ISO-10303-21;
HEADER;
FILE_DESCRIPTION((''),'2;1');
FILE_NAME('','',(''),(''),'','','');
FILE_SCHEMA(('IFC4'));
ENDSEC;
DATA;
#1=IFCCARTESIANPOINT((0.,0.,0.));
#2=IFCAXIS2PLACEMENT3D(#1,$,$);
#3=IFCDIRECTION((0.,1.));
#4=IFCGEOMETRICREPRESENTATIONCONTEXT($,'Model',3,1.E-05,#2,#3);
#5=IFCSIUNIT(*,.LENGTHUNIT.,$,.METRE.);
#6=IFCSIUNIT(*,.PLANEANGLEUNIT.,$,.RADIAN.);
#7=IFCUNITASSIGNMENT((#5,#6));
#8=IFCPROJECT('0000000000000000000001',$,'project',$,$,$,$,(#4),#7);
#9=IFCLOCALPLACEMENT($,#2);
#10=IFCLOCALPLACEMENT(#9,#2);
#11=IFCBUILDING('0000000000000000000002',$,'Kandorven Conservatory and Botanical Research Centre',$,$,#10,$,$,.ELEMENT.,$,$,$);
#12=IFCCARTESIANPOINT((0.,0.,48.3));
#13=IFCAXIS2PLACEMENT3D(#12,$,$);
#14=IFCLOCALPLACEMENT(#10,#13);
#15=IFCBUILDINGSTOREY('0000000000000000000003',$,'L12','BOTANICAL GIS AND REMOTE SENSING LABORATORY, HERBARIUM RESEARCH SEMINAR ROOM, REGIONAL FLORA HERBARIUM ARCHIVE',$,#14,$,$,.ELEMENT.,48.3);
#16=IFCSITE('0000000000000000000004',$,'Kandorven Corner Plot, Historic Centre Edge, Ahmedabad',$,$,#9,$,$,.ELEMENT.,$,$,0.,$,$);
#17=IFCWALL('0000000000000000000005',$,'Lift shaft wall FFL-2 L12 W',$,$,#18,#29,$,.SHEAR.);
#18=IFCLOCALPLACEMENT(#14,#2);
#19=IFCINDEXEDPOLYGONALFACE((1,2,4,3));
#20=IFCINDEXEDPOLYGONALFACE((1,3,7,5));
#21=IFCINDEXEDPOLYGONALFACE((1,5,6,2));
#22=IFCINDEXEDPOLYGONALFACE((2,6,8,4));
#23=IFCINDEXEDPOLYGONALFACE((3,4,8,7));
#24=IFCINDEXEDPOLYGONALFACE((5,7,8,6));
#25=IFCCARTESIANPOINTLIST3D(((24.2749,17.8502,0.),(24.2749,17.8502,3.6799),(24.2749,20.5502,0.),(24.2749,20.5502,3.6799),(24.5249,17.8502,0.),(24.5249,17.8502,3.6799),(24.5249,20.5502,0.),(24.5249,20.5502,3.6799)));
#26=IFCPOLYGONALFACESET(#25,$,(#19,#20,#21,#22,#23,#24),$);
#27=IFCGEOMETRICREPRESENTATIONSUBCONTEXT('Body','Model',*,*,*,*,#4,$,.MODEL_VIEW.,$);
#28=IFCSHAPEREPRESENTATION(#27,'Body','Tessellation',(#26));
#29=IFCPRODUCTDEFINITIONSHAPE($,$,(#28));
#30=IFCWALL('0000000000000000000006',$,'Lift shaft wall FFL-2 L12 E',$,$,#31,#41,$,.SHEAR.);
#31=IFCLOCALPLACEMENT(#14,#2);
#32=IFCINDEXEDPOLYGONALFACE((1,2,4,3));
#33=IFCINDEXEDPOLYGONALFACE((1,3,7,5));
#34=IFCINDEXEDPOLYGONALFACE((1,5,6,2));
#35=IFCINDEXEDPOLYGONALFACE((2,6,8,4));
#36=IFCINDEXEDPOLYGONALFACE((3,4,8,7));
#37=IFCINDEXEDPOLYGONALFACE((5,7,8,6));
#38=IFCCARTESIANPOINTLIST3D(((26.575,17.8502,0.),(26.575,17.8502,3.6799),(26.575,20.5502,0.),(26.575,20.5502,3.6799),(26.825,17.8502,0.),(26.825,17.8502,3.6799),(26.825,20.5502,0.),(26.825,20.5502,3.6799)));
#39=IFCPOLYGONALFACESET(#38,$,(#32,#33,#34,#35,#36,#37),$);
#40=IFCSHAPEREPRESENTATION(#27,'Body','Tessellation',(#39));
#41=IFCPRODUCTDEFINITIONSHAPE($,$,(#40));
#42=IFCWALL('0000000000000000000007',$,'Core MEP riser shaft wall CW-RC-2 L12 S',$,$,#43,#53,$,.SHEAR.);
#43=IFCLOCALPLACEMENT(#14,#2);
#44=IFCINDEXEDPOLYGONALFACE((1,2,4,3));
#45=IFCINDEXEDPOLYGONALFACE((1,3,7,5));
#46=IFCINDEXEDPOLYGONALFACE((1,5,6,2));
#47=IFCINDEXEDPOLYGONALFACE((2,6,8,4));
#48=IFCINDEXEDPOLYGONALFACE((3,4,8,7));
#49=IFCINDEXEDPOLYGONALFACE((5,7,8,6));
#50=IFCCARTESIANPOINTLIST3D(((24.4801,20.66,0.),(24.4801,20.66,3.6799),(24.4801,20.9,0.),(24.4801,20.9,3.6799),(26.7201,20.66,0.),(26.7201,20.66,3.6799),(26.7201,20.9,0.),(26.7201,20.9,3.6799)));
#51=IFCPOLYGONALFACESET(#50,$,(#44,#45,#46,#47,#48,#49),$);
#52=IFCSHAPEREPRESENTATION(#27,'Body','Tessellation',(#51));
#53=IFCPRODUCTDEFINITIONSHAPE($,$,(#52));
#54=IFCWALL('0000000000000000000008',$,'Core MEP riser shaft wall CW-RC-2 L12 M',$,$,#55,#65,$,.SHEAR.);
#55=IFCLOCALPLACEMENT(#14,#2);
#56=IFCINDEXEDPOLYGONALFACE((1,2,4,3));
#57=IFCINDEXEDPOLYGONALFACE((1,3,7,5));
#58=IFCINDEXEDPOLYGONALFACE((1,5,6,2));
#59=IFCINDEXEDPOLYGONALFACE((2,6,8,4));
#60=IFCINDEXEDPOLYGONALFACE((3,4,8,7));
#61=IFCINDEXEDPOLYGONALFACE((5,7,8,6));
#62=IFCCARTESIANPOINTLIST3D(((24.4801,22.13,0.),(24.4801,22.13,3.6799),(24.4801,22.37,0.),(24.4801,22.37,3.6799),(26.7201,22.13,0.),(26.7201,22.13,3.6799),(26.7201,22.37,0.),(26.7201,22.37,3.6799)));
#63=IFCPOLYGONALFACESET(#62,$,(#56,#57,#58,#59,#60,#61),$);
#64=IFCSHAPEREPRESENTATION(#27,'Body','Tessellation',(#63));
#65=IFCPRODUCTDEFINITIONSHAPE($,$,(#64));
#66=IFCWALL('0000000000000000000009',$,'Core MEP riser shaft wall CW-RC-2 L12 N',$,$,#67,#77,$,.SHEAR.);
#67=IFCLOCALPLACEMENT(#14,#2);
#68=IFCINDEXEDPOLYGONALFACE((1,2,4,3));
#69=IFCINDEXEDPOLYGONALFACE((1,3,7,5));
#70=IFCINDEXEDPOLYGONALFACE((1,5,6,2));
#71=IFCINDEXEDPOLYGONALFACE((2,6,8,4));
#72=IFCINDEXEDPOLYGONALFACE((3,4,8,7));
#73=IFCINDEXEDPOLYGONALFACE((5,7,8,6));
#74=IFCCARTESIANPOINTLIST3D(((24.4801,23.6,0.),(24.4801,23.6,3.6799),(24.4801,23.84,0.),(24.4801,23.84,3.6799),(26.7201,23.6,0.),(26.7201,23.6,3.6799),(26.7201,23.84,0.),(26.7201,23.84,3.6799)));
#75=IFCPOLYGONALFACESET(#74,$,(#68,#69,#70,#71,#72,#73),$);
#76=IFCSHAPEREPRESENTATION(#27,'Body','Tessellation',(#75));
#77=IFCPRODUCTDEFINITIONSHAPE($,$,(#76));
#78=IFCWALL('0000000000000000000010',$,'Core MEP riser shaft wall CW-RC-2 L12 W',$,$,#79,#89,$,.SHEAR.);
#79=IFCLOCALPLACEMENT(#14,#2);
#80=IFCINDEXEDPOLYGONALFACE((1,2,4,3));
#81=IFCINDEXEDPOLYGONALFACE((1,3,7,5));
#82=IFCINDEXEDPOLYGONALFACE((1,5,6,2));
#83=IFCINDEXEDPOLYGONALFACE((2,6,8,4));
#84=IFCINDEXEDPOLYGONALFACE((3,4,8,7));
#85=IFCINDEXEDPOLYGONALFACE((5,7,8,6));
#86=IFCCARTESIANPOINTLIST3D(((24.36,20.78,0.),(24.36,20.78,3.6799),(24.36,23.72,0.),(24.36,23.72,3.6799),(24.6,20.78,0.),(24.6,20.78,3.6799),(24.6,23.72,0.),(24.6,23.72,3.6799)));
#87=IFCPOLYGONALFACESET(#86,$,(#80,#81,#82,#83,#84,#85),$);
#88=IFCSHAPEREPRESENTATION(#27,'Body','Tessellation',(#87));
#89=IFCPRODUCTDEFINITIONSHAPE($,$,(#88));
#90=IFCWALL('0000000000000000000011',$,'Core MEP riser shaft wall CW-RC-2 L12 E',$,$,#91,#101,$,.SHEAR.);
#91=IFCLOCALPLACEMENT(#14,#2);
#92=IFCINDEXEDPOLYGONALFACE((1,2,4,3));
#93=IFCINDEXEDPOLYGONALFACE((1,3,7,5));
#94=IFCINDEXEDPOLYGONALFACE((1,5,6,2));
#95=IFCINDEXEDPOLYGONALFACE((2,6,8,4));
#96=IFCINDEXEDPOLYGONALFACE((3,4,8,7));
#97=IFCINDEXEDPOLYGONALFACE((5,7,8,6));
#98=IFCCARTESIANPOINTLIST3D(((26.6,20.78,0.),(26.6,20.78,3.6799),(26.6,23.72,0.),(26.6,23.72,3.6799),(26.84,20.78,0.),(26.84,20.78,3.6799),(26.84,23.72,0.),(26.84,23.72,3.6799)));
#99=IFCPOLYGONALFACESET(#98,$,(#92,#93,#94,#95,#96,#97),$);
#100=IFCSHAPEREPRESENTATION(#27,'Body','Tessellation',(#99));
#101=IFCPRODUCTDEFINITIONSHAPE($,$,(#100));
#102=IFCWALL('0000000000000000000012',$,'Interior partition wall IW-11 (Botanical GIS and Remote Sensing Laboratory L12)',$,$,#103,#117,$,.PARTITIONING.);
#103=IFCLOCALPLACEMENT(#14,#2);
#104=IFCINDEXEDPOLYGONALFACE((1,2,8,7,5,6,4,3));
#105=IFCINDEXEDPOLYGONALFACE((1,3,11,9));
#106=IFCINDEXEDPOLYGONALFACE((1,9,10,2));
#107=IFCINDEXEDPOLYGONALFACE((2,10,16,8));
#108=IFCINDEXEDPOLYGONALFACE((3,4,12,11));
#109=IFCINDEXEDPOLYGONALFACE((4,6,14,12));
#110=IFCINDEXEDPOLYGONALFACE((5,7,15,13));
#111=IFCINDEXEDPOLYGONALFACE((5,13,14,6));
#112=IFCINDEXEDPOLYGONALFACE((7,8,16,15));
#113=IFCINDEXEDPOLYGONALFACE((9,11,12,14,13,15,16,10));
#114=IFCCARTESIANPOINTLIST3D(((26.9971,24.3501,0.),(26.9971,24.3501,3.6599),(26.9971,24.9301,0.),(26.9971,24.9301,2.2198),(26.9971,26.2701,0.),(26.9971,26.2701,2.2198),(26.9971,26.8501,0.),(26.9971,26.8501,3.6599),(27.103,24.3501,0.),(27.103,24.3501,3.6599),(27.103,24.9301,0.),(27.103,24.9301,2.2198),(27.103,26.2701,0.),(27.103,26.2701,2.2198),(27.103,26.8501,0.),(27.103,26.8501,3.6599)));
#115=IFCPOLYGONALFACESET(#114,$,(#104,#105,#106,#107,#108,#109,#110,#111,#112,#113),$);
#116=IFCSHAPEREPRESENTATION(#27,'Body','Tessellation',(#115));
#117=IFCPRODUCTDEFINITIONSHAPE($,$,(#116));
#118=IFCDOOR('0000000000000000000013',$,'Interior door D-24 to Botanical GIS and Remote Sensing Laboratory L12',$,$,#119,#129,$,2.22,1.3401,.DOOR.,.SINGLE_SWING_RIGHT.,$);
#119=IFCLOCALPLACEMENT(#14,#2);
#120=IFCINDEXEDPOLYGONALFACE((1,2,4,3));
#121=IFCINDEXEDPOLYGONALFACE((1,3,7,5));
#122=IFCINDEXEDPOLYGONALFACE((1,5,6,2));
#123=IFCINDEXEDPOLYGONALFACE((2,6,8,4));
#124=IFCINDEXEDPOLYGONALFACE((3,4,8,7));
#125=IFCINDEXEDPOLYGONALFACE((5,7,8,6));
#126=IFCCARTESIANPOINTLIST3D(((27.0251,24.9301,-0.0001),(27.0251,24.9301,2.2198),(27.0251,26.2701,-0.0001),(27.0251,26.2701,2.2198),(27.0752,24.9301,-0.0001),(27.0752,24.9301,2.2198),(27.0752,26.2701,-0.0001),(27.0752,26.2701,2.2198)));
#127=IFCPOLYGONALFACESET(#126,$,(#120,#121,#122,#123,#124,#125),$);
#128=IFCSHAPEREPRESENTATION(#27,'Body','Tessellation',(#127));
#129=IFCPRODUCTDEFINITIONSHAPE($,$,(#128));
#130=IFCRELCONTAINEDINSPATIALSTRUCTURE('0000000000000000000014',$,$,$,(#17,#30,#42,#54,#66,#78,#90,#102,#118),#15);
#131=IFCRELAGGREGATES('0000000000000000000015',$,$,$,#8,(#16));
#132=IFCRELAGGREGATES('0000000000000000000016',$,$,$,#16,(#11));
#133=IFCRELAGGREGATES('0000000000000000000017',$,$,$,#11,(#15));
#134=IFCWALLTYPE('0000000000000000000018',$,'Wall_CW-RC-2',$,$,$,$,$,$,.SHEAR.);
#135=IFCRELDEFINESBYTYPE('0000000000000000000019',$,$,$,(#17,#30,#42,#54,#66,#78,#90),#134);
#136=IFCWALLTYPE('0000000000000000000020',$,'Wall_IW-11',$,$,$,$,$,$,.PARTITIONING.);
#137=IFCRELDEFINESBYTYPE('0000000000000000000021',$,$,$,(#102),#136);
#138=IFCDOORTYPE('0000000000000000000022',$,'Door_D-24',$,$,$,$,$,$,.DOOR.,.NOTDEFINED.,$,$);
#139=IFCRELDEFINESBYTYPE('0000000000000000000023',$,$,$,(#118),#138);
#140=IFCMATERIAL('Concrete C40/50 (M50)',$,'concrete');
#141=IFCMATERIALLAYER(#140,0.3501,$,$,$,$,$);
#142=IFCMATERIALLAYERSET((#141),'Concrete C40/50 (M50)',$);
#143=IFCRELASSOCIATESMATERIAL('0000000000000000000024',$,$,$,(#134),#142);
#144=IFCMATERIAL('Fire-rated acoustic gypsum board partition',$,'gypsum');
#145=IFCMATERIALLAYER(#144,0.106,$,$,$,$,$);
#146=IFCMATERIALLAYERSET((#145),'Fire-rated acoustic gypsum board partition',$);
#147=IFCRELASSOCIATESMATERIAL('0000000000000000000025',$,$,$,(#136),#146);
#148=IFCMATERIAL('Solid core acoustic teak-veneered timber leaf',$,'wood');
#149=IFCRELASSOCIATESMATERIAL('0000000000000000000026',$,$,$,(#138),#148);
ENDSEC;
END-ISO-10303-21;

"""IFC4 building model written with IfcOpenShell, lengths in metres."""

from ifc_helpers import new_model, si_unit, direction, frame, frame_2d, origin, place, context, subcontext, project, spatial, rectangle, extrude, material, layer, layer_set, type_object, element, fill, save


model = new_model("IFC4")

# Units and contexts
model_context = context("Model", 3, precision=1e-05, world=origin(), true_north=direction((0.0, 1.0)))
body_context = subcontext(model_context, "Body", "Model", "MODEL_VIEW")
ifc_project = project(units=[si_unit("LENGTHUNIT", "METRE"), si_unit("PLANEANGLEUNIT", "RADIAN")], contexts=[model_context])

# Site, building, storey
site_placement = place(None, origin())
site = spatial("IfcSite", under=ifc_project, at=site_placement, Name="Kandorven Corner Plot, Historic Centre Edge, Ahmedabad", CompositionType="ELEMENT", RefElevation=0.0)
building_placement = place(site_placement, origin())
building = spatial("IfcBuilding", under=site, at=building_placement, Name="Kandorven Conservatory and Botanical Research Centre", CompositionType="ELEMENT")
storey_placement = place(building_placement, frame((0.0, 0.0, 48.3)))
storey = spatial("IfcBuildingStorey", under=building, at=storey_placement, Name="L12", Description="BOTANICAL GIS AND REMOTE SENSING LABORATORY, HERBARIUM RESEARCH SEMINAR ROOM, REGIONAL FLORA HERBARIUM ARCHIVE", CompositionType="ELEMENT", Elevation=48.3)

# Shared definitions
ifc_material_1 = material(Name="Concrete C40/50 (M50)", Category="concrete")
ifc_layer_1 = layer(ifc_material_1, 0.3501)
ifc_layer_set_1 = layer_set([ifc_layer_1], Name="Concrete C40/50 (M50)")
wall_type_1 = type_object("IfcWallType", Name="Wall_CW-RC-2", PredefinedType="SHEAR", material=ifc_layer_set_1)

# Walls
for number, where, z_axis, x_axis, name in (
    (1, (24.3999, 17.8501, 0.0), (0.0, 0.0, 1.0), (0.0, 1.0, 0.0), "Lift shaft wall FFL-2 L12 W"),
    (2, (26.7, 17.8501, 0.0), (0.0, 0.0, 1.0), (0.0, 1.0, 0.0), "Lift shaft wall FFL-2 L12 E"),
):
    element("IfcWall", number, at=place(storey_placement, frame(where, z_axis=z_axis, x_axis=x_axis)), inside=storey, type_object=wall_type_1, Name=name, PredefinedType="SHEAR", context=body_context, shape_type="SweptSolid", body=[
        extrude(rectangle(XDim=2.7, YDim=0.25, at=frame_2d((1.3501, 0.0))), origin(), (0.0, 0.0, 1.0), 3.6799),
    ])
for number, where, z_axis, x_axis, name in (
    (3, (24.48, 20.78, 0.0), (0.0, 0.0, 1.0), (1.0, 0.0, 0.0), "Core MEP riser shaft wall CW-RC-2 L12 S"),
    (4, (24.48, 22.25, 0.0), (0.0, 0.0, 1.0), (1.0, 0.0, 0.0), "Core MEP riser shaft wall CW-RC-2 L12 M"),
    (5, (24.48, 23.72, 0.0), (0.0, 0.0, 1.0), (1.0, 0.0, 0.0), "Core MEP riser shaft wall CW-RC-2 L12 N"),
):
    element("IfcWall", number, at=place(storey_placement, frame(where, z_axis=z_axis, x_axis=x_axis)), inside=storey, type_object=wall_type_1, Name=name, PredefinedType="SHEAR", context=body_context, shape_type="SweptSolid", body=[
        extrude(rectangle(XDim=2.24, YDim=0.24, at=frame_2d((1.1201, 0.0))), origin(), (0.0, 0.0, 1.0), 3.6799),
    ])
for number, where, z_axis, x_axis, name in (
    (6, (24.48, 20.78, 0.0), (0.0, 0.0, 1.0), (0.0, 1.0, 0.0), "Core MEP riser shaft wall CW-RC-2 L12 W"),
    (7, (26.72, 20.78, 0.0), (0.0, 0.0, 1.0), (0.0, 1.0, 0.0), "Core MEP riser shaft wall CW-RC-2 L12 E"),
):
    element("IfcWall", number, at=place(storey_placement, frame(where, z_axis=z_axis, x_axis=x_axis)), inside=storey, type_object=wall_type_1, Name=name, PredefinedType="SHEAR", context=body_context, shape_type="SweptSolid", body=[
        extrude(rectangle(XDim=2.9399, YDim=0.24, at=frame_2d((1.47, 0.0))), origin(), (0.0, 0.0, 1.0), 3.6799),
    ])

# Wall, opening, door
ifc_material_2 = material(Name="Fire-rated acoustic gypsum board partition", Category="gypsum")
ifc_layer_2 = layer(ifc_material_2, 0.106)
ifc_layer_set_2 = layer_set([ifc_layer_2], Name="Fire-rated acoustic gypsum board partition")
wall_type_2 = type_object("IfcWallType", Name="Wall_IW-11", PredefinedType="PARTITIONING", material=ifc_layer_set_2)
wall_1_placement = place(storey_placement, frame((27.05, 24.3501, 0.0), z_axis=(0.0, 0.0, 1.0), x_axis=(0.0, 1.0, 0.0)))
wall_1 = element("IfcWall", 8, at=wall_1_placement, inside=storey, type_object=wall_type_2, Name="Interior partition wall IW-11 (Botanical GIS and Remote Sensing Laboratory L12)", PredefinedType="PARTITIONING", context=body_context, shape_type="SweptSolid", body=[
    extrude(rectangle(XDim=2.5, YDim=0.106, at=frame_2d((1.25, 0.0))), origin(), (0.0, 0.0, 1.0), 3.6599),
])
opening_1_placement = place(wall_1_placement, frame((0.5801, 0.0, 0.0)))
opening_1 = element("IfcOpeningElement", 9, at=opening_1_placement, cuts=wall_1, PredefinedType="OPENING", context=body_context, shape_type="SweptSolid", body=[
    extrude(rectangle(XDim=1.3401, YDim=2.22, at=frame_2d((0.6699, 1.1099))), frame((0.0, 0.063, 0.0), z_axis=(0.0, -1.0, 0.0), x_axis=(1.0, 0.0, 0.0)), (0.0, 0.0, 1.0), 0.126),
])
ifc_material_3 = material(Name="Solid core acoustic teak-veneered timber leaf", Category="wood")
door_type_1 = type_object("IfcDoorType", Name="Door_D-24", OperationType="NOTDEFINED", PredefinedType="DOOR", material=ifc_material_3)
door_1_placement = place(opening_1_placement, origin())
door_1 = element("IfcDoor", 10, at=door_1_placement, inside=storey, type_object=door_type_1, Name="Interior door D-24 to Botanical GIS and Remote Sensing Laboratory L12", OperationType="SINGLE_SWING_RIGHT", OverallHeight=2.22, OverallWidth=1.3401, PredefinedType="DOOR", context=body_context, shape_type="SweptSolid", body=[
    extrude(rectangle(XDim=1.3401, YDim=2.22, at=frame_2d((0.6699, 1.1099))), frame((0.0, 0.0249, 0.0), z_axis=(0.0, -1.0, 0.0), x_axis=(1.0, 0.0, 0.0)), (0.0, 0.0, 1.0), 0.05),
])
fill(opening_1, door_1)

save(model, "model.ifc")
